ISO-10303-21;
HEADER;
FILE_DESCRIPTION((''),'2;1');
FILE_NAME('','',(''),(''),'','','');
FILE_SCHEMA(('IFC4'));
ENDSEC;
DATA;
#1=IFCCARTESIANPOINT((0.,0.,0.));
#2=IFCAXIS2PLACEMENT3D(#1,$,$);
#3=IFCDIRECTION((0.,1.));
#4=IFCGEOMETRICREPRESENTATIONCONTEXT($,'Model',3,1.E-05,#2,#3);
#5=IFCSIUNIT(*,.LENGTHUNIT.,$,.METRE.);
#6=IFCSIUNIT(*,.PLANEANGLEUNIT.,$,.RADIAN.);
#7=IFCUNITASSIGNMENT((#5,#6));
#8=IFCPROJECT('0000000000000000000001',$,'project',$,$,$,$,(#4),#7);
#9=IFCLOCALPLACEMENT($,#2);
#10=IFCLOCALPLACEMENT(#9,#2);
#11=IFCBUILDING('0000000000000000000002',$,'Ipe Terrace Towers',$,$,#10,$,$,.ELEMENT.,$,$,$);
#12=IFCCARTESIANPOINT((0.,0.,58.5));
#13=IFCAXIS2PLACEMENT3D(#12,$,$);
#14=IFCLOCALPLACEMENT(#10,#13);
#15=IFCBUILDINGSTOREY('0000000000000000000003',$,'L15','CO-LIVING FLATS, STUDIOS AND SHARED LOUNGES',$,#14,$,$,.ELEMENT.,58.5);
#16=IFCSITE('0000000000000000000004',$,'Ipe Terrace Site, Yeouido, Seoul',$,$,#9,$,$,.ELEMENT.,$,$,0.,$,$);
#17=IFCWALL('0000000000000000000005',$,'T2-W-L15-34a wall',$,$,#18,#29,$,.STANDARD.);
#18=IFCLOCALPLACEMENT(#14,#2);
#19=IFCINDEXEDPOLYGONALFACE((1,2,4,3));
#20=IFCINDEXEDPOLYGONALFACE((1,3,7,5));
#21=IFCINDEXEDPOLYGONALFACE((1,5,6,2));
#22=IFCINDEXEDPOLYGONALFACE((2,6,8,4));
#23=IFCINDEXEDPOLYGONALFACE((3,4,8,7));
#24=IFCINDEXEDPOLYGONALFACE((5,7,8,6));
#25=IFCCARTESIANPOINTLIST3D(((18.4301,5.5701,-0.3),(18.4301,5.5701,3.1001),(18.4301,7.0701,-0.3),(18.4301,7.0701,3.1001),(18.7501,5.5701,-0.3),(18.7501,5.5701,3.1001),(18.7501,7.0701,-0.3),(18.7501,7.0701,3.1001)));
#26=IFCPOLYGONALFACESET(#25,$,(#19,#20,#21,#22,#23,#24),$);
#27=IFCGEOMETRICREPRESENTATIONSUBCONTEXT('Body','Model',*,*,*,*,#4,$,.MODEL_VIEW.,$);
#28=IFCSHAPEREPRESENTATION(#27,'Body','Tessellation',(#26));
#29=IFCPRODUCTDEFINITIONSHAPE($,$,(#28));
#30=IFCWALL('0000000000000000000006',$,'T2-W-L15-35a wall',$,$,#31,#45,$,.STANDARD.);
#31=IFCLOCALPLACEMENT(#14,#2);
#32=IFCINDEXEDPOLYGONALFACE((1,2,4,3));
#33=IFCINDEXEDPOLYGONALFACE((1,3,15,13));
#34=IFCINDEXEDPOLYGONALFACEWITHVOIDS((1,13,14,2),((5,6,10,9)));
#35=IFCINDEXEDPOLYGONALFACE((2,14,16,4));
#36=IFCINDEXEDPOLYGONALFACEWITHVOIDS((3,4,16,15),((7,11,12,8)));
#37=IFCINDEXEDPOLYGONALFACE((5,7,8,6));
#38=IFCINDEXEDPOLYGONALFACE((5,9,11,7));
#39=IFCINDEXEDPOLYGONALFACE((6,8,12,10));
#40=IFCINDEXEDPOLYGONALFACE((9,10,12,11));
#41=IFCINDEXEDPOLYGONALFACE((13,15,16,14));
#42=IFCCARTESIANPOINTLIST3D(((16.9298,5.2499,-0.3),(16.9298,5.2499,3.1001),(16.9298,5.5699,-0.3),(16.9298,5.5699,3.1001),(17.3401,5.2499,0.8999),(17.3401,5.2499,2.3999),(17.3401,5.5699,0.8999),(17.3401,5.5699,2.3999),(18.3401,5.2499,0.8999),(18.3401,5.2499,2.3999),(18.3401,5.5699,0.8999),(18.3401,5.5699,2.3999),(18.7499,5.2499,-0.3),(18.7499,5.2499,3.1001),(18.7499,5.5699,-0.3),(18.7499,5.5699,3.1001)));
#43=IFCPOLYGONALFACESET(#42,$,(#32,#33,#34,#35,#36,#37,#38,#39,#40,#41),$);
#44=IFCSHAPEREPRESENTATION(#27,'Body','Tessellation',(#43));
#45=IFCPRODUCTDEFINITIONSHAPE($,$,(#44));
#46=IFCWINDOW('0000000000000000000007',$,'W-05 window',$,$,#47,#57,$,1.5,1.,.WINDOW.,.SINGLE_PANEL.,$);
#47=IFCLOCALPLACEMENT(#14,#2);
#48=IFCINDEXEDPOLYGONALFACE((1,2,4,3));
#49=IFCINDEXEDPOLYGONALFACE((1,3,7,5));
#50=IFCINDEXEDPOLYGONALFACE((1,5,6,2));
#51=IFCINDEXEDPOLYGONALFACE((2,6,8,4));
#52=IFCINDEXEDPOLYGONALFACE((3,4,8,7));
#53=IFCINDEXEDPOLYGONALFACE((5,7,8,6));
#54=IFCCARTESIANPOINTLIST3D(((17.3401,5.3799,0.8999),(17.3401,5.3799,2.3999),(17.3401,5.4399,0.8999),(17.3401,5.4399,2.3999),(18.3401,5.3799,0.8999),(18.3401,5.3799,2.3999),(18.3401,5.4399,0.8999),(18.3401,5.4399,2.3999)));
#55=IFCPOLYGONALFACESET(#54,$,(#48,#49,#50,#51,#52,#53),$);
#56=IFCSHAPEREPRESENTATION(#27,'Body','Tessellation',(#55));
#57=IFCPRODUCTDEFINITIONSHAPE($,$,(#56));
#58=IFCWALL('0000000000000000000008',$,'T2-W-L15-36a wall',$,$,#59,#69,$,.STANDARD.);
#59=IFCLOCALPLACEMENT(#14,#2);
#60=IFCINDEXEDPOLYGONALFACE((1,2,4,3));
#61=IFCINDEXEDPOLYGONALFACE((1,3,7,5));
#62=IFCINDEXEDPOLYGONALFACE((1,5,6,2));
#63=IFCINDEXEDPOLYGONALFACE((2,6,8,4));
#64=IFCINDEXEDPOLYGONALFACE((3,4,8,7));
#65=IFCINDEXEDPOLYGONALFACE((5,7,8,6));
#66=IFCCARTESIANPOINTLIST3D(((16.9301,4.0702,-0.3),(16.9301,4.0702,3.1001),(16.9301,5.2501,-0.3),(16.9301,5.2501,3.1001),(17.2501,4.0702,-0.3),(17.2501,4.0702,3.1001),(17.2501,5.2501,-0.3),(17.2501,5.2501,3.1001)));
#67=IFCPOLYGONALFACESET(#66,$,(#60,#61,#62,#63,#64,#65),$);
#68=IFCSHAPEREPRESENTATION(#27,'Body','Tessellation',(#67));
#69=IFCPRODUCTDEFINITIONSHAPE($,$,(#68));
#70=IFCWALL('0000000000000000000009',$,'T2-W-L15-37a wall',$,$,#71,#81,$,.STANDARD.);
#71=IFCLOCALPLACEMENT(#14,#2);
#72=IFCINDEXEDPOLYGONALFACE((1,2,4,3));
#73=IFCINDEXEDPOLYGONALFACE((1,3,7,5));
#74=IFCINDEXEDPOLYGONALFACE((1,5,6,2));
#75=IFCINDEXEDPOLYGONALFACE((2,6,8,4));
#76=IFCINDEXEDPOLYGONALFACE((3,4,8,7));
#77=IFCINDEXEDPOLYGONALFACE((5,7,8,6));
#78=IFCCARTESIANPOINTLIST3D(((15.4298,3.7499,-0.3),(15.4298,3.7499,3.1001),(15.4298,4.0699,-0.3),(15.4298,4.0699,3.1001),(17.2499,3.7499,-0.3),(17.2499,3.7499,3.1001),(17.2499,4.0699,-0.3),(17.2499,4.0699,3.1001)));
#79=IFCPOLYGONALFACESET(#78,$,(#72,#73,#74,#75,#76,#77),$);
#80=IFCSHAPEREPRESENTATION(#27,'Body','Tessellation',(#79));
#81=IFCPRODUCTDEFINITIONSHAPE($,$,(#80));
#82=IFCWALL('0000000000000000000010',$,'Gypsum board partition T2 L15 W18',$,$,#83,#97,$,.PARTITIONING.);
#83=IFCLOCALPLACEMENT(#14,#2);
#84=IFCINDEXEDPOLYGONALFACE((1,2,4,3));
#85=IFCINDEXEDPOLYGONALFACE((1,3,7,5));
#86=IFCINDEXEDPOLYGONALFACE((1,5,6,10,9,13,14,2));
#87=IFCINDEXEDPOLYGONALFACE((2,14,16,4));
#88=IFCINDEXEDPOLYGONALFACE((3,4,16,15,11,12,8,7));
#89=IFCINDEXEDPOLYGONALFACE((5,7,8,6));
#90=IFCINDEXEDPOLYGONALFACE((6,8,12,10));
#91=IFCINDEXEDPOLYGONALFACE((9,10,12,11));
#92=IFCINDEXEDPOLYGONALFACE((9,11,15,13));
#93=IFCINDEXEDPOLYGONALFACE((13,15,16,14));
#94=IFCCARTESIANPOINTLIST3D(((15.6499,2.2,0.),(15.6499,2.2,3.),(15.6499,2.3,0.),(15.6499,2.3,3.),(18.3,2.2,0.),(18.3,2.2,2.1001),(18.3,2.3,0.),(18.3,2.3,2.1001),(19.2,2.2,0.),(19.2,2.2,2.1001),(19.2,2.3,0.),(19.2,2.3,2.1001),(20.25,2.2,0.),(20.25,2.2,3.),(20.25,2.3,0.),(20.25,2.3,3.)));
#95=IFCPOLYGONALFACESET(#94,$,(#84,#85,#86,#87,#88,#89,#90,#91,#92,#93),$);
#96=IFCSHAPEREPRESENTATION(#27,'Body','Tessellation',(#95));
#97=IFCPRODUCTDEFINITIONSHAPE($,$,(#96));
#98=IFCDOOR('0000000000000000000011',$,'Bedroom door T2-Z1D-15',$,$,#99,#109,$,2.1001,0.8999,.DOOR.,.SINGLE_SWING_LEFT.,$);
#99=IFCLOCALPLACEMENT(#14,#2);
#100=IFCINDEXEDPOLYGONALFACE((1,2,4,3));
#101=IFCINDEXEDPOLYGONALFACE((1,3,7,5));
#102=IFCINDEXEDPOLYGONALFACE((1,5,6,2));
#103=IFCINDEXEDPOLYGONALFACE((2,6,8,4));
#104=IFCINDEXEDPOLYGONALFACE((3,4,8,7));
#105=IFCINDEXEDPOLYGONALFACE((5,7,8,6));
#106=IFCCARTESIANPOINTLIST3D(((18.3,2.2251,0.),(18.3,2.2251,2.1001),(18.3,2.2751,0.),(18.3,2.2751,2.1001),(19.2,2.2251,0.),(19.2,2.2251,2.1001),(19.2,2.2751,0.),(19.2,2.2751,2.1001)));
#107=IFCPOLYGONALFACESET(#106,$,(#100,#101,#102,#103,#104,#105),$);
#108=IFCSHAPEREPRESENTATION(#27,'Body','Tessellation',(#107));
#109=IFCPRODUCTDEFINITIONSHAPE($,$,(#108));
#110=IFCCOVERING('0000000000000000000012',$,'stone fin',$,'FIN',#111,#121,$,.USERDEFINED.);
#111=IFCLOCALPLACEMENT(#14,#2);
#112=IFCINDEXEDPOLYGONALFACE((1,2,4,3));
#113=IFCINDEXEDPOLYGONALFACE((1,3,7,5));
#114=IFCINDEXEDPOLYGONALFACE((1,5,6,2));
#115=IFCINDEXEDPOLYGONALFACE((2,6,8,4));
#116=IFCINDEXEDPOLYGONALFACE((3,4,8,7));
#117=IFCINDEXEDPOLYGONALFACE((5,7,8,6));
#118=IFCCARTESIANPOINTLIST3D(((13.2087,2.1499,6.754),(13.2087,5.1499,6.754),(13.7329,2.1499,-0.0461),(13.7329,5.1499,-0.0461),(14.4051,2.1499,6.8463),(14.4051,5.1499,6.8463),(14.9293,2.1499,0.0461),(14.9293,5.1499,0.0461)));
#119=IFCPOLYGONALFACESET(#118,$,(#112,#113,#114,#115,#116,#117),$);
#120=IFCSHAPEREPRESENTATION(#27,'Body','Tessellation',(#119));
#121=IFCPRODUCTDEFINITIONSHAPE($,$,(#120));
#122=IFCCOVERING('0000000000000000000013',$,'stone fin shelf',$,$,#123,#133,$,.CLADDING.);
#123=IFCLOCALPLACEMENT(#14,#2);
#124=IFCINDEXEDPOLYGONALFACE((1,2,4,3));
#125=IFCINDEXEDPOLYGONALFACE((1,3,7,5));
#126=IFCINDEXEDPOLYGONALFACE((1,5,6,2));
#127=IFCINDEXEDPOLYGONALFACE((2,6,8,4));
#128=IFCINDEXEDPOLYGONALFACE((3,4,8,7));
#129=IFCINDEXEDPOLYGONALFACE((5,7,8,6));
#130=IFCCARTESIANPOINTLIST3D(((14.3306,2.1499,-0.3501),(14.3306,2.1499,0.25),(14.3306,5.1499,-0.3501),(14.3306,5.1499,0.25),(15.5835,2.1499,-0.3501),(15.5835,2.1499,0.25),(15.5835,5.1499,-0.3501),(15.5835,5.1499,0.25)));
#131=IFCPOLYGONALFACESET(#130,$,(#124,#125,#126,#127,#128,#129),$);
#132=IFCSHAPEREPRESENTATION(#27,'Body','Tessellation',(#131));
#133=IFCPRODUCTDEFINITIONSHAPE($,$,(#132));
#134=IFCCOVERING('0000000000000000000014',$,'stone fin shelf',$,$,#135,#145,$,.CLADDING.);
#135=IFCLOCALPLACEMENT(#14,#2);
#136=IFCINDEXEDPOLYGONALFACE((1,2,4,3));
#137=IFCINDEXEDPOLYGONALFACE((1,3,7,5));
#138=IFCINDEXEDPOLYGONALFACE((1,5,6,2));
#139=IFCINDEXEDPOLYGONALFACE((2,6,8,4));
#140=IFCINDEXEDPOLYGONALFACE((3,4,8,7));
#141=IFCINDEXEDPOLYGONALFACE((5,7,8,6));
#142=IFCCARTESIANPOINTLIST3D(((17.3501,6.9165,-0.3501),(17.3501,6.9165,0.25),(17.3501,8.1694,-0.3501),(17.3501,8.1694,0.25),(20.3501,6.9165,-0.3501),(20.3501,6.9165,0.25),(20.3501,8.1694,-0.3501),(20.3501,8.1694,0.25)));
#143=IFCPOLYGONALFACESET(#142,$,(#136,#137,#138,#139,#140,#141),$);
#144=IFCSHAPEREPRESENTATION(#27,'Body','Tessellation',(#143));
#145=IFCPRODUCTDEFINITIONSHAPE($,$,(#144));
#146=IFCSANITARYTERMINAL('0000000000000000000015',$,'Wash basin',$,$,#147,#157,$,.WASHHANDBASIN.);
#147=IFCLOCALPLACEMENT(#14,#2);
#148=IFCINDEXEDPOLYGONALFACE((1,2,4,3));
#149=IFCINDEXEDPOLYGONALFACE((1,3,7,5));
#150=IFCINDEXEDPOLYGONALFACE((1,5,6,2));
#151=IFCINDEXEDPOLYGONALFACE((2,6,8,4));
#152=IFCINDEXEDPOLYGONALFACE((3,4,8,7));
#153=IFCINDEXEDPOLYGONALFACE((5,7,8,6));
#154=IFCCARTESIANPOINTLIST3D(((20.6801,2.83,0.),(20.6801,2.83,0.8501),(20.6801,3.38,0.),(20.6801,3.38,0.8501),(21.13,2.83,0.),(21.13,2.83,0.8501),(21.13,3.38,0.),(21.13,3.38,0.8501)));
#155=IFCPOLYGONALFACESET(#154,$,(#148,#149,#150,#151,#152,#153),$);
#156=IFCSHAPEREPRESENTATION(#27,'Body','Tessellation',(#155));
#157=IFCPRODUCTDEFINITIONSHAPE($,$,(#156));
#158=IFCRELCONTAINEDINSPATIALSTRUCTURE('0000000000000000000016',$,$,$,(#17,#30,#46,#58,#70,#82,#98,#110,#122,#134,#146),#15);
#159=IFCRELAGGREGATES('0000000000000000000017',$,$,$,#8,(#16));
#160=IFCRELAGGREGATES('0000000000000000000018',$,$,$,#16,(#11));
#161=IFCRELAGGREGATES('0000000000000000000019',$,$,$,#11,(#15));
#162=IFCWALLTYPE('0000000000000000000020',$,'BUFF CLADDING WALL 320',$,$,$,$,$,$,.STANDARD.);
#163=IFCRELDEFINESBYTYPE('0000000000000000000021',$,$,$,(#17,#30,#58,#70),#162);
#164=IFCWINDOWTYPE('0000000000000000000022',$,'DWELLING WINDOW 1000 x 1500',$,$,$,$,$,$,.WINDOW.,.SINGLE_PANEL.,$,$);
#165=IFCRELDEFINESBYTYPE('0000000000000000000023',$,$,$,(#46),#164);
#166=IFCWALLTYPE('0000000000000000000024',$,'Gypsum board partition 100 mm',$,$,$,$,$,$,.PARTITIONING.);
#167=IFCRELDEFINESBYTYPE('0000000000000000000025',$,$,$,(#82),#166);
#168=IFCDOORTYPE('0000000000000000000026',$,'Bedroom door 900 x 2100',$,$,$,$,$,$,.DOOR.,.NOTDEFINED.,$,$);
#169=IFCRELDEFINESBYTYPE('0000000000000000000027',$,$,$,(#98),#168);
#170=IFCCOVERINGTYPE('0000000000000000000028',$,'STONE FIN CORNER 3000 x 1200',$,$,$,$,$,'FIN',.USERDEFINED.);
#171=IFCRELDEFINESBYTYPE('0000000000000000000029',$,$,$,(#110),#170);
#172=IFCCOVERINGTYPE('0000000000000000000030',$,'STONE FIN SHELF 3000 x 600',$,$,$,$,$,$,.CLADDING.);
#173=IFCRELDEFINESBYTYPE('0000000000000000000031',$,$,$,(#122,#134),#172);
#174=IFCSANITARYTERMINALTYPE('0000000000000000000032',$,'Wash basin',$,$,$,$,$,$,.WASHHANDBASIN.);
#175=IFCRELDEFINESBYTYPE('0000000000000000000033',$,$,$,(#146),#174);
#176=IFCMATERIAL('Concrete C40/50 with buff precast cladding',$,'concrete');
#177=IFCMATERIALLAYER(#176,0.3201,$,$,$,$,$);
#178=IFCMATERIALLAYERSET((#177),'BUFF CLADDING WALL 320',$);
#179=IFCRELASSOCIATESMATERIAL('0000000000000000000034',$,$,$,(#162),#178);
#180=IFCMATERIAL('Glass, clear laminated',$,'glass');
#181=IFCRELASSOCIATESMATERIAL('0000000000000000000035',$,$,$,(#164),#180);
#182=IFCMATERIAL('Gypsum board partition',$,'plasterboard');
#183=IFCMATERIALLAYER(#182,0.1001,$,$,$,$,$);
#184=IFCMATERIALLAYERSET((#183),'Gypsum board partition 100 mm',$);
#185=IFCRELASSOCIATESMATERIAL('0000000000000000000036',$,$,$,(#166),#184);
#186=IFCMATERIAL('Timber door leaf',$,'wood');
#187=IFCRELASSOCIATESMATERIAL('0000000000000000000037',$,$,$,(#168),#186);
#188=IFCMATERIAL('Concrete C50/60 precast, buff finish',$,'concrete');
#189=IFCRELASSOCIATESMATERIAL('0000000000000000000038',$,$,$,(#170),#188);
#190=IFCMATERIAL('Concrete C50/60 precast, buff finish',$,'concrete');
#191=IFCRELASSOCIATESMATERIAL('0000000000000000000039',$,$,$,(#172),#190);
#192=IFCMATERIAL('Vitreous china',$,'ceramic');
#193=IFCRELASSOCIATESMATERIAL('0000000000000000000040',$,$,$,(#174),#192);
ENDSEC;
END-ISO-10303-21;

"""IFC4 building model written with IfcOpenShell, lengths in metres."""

from ifc_helpers import new_model, si_unit, direction, frame, frame_2d, origin, origin_2d, place, context, subcontext, project, spatial, rectangle, extrude, material, layer, layer_set, material_profile, profile_set, type_object, element, fill, save


model = new_model("IFC4")

# Units and contexts
model_context = context("Model", 3, precision=1e-05, world=origin(), true_north=direction((0.0, 1.0)))
body_context = subcontext(model_context, "Body", "Model", "MODEL_VIEW")
ifc_project = project(units=[si_unit("LENGTHUNIT", "METRE"), si_unit("PLANEANGLEUNIT", "RADIAN")], contexts=[model_context])

# Site, building, storey
site_placement = place(None, origin())
site = spatial("IfcSite", under=ifc_project, at=site_placement, Name="Ipe Terrace Site, Yeouido, Seoul", CompositionType="ELEMENT", RefElevation=0.0)
building_placement = place(site_placement, origin())
building = spatial("IfcBuilding", under=site, at=building_placement, Name="Ipe Terrace Towers", CompositionType="ELEMENT")
storey_placement = place(building_placement, frame((0.0, 0.0, 58.5)))
storey = spatial("IfcBuildingStorey", under=building, at=storey_placement, Name="L15", Description="CO-LIVING FLATS, STUDIOS AND SHARED LOUNGES", CompositionType="ELEMENT", Elevation=58.5)

# Wall
ifc_material_1 = material(Name="Concrete C40/50 with buff precast cladding", Category="concrete")
ifc_layer_1 = layer(ifc_material_1, 0.3201)
ifc_layer_set_1 = layer_set([ifc_layer_1], Name="BUFF CLADDING WALL 320")
wall_type_1 = type_object("IfcWallType", Name="BUFF CLADDING WALL 320", PredefinedType="STANDARD", material=ifc_layer_set_1)
wall_1_placement = place(storey_placement, frame((18.5901, 7.0701, -0.3), z_axis=(0.0, 0.0, 1.0), x_axis=(0.0, -1.0, 0.0)))
element("IfcWall", 1, at=wall_1_placement, inside=storey, type_object=wall_type_1, Name="T2-W-L15-34a wall", PredefinedType="STANDARD", context=body_context, shape_type="SweptSolid", body=[
    extrude(rectangle(XDim=1.5, YDim=0.3201, at=frame_2d((0.75, 0.0))), origin(), (0.0, 0.0, 1.0), 3.4001),
])

# Wall, opening, window
wall_2_placement = place(storey_placement, frame((18.75, 5.4099, -0.3), z_axis=(0.0, 0.0, 1.0), x_axis=(-1.0, 0.0, 0.0)))
wall_2 = element("IfcWall", 2, at=wall_2_placement, inside=storey, type_object=wall_type_1, Name="T2-W-L15-35a wall", PredefinedType="STANDARD", context=body_context, shape_type="SweptSolid", body=[
    extrude(rectangle(XDim=1.8201, YDim=0.3201, at=frame_2d((0.9102, 0.0))), origin(), (0.0, 0.0, 1.0), 3.4001),
])
opening_1_placement = place(wall_2_placement, frame((0.4099, 0.0, 1.2)))
opening_1 = element("IfcOpeningElement", 3, at=opening_1_placement, cuts=wall_2, PredefinedType="OPENING", context=body_context, shape_type="SweptSolid", body=[
    extrude(rectangle(XDim=1.0, YDim=1.5, at=frame_2d((0.5, 0.75))), frame((0.0, 0.1699, 0.0), z_axis=(0.0, -1.0, 0.0), x_axis=(1.0, 0.0, 0.0)), (0.0, 0.0, 1.0), 0.3401),
])
ifc_material_2 = material(Name="Glass, clear laminated", Category="glass")
window_type = type_object("IfcWindowType", Name="DWELLING WINDOW 1000 x 1500", PartitioningType="SINGLE_PANEL", PredefinedType="WINDOW", material=ifc_material_2)
window_placement = place(opening_1_placement, origin())
window = element("IfcWindow", 4, at=window_placement, inside=storey, type_object=window_type, Name="W-05 window", OverallHeight=1.5, OverallWidth=1.0, PartitioningType="SINGLE_PANEL", PredefinedType="WINDOW", context=body_context, shape_type="SweptSolid", body=[
    extrude(rectangle(XDim=1.0, YDim=1.5, at=frame_2d((0.5, 0.75))), frame((0.0, 0.03, 0.0), z_axis=(0.0, -1.0, 0.0), x_axis=(1.0, 0.0, 0.0)), (0.0, 0.0, 1.0), 0.0601),
])
fill(opening_1, window)

# Walls
wall_3_placement = place(storey_placement, frame((17.0901, 5.25, -0.3), z_axis=(0.0, 0.0, 1.0), x_axis=(0.0, -1.0, 0.0)))
element("IfcWall", 5, at=wall_3_placement, inside=storey, type_object=wall_type_1, Name="T2-W-L15-36a wall", PredefinedType="STANDARD", context=body_context, shape_type="SweptSolid", body=[
    extrude(rectangle(XDim=1.1799, YDim=0.3201, at=frame_2d((0.5898, 0.0))), origin(), (0.0, 0.0, 1.0), 3.4001),
])
wall_4_placement = place(storey_placement, frame((17.25, 3.9099, -0.3), z_axis=(0.0, 0.0, 1.0), x_axis=(-1.0, 0.0, 0.0)))
element("IfcWall", 6, at=wall_4_placement, inside=storey, type_object=wall_type_1, Name="T2-W-L15-37a wall", PredefinedType="STANDARD", context=body_context, shape_type="SweptSolid", body=[
    extrude(rectangle(XDim=1.8201, YDim=0.3201, at=frame_2d((0.9102, 0.0))), origin(), (0.0, 0.0, 1.0), 3.4001),
])

# Wall, opening, door
ifc_material_3 = material(Name="Gypsum board partition", Category="plasterboard")
ifc_layer_2 = layer(ifc_material_3, 0.1001)
ifc_layer_set_2 = layer_set([ifc_layer_2], Name="Gypsum board partition 100 mm")
wall_type_2 = type_object("IfcWallType", Name="Gypsum board partition 100 mm", PredefinedType="PARTITIONING", material=ifc_layer_set_2)
wall_5_placement = place(storey_placement, frame((20.25, 2.25, 0.0), z_axis=(0.0, 0.0, 1.0), x_axis=(-1.0, 0.0, 0.0)))
wall_5 = element("IfcWall", 7, at=wall_5_placement, inside=storey, type_object=wall_type_2, Name="Gypsum board partition T2 L15 W18", PredefinedType="PARTITIONING", context=body_context, shape_type="SweptSolid", body=[
    extrude(rectangle(XDim=4.6001, YDim=0.1001, at=frame_2d((2.3, 0.0))), origin(), (0.0, 0.0, 1.0), 3.0),
])
opening_2_placement = place(wall_5_placement, frame((1.05, 0.0, 0.0)))
opening_2 = element("IfcOpeningElement", 8, at=opening_2_placement, cuts=wall_5, PredefinedType="OPENING", context=body_context, shape_type="SweptSolid", body=[
    extrude(rectangle(XDim=0.8999, YDim=2.1001, at=frame_2d((0.45, 1.05))), frame((0.0, 0.0601, 0.0), z_axis=(0.0, -1.0, 0.0), x_axis=(1.0, 0.0, 0.0)), (0.0, 0.0, 1.0), 0.1201),
])
ifc_material_4 = material(Name="Timber door leaf", Category="wood")
door_type = type_object("IfcDoorType", Name="Bedroom door 900 x 2100", OperationType="NOTDEFINED", PredefinedType="DOOR", material=ifc_material_4)
door_placement = place(opening_2_placement, origin())
door = element("IfcDoor", 9, at=door_placement, inside=storey, type_object=door_type, Name="Bedroom door T2-Z1D-15", OperationType="SINGLE_SWING_LEFT", OverallHeight=2.1001, OverallWidth=0.8999, PredefinedType="DOOR", context=body_context, shape_type="SweptSolid", body=[
    extrude(rectangle(XDim=0.8999, YDim=2.1001, at=frame_2d((0.45, 1.05))), frame((0.0, 0.0249, 0.0), z_axis=(0.0, -1.0, 0.0), x_axis=(1.0, 0.0, 0.0)), (0.0, 0.0, 1.0), 0.05),
])
fill(opening_2, door)

# Coverings
ifc_material_5 = material(Name="Concrete C50/60 precast, buff finish", Category="concrete")
ifc_material_profile_1 = material_profile(ifc_material_5, rectangle(XDim=3.0, YDim=1.2, at=origin_2d()), Name="STONE FIN CORNER 3000 x 1200")
ifc_profile_set_1 = profile_set([ifc_material_profile_1], Name="Concrete C50/60 precast, buff finish")
covering_type_1 = type_object("IfcCoveringType", Name="STONE FIN CORNER 3000 x 1200", ElementType="FIN", PredefinedType="USERDEFINED", material=ifc_profile_set_1)
covering_placement = place(storey_placement, frame((14.3311, 3.6499, 0.0), z_axis=(-0.076855, 0.0, 0.997042), x_axis=(0.0, -1.0, 0.0)))
element("IfcCovering", 10, at=covering_placement, inside=storey, type_object=covering_type_1, Name="stone fin", ObjectType="FIN", PredefinedType="USERDEFINED", context=body_context, shape_type="SweptSolid", body=[
    extrude(rectangle(XDim=3.0, YDim=1.2, at=origin_2d()), origin(), (0.0, 0.0, 1.0), 6.8203),
])
ifc_material_6 = material(Name="Concrete C50/60 precast, buff finish", Category="concrete")
covering_type_2 = type_object("IfcCoveringType", Name="STONE FIN SHELF 3000 x 600", PredefinedType="CLADDING", material=ifc_material_6)
for number, where, z_axis, x_axis, name in (
    (11, (14.957, 3.6499, -0.3501), (0.0, 0.0, 1.0), (0.0, -1.0, 0.0), "stone fin shelf"),
    (12, (18.8501, 7.543, -0.3501), (0.0, 0.0, 1.0), (-1.0, 0.0, 0.0), "stone fin shelf"),
):
    element("IfcCovering", number, at=place(storey_placement, frame(where, z_axis=z_axis, x_axis=x_axis)), inside=storey, type_object=covering_type_2, Name=name, PredefinedType="CLADDING", context=body_context, shape_type="SweptSolid", body=[
        extrude(rectangle(XDim=3.0, YDim=1.2529, at=origin_2d()), origin(), (0.0, 0.0, 1.0), 0.6001),
    ])

# Sanitary terminal
ifc_material_7 = material(Name="Vitreous china", Category="ceramic")
sanitary_terminal_type = type_object("IfcSanitaryTerminalType", Name="Wash basin", PredefinedType="WASHHANDBASIN", material=ifc_material_7)
sanitary_terminal_placement = place(storey_placement, frame((20.905, 3.105, 0.0), z_axis=(0.0, 0.0, 1.0), x_axis=(0.0, -1.0, 0.0)))
element("IfcSanitaryTerminal", 13, at=sanitary_terminal_placement, inside=storey, type_object=sanitary_terminal_type, Name="Wash basin", PredefinedType="WASHHANDBASIN", context=body_context, shape_type="SweptSolid", body=[
    extrude(rectangle(XDim=0.55, YDim=0.45, at=origin_2d()), origin(), (0.0, 0.0, 1.0), 0.8501),
])

save(model, "model.ifc")
